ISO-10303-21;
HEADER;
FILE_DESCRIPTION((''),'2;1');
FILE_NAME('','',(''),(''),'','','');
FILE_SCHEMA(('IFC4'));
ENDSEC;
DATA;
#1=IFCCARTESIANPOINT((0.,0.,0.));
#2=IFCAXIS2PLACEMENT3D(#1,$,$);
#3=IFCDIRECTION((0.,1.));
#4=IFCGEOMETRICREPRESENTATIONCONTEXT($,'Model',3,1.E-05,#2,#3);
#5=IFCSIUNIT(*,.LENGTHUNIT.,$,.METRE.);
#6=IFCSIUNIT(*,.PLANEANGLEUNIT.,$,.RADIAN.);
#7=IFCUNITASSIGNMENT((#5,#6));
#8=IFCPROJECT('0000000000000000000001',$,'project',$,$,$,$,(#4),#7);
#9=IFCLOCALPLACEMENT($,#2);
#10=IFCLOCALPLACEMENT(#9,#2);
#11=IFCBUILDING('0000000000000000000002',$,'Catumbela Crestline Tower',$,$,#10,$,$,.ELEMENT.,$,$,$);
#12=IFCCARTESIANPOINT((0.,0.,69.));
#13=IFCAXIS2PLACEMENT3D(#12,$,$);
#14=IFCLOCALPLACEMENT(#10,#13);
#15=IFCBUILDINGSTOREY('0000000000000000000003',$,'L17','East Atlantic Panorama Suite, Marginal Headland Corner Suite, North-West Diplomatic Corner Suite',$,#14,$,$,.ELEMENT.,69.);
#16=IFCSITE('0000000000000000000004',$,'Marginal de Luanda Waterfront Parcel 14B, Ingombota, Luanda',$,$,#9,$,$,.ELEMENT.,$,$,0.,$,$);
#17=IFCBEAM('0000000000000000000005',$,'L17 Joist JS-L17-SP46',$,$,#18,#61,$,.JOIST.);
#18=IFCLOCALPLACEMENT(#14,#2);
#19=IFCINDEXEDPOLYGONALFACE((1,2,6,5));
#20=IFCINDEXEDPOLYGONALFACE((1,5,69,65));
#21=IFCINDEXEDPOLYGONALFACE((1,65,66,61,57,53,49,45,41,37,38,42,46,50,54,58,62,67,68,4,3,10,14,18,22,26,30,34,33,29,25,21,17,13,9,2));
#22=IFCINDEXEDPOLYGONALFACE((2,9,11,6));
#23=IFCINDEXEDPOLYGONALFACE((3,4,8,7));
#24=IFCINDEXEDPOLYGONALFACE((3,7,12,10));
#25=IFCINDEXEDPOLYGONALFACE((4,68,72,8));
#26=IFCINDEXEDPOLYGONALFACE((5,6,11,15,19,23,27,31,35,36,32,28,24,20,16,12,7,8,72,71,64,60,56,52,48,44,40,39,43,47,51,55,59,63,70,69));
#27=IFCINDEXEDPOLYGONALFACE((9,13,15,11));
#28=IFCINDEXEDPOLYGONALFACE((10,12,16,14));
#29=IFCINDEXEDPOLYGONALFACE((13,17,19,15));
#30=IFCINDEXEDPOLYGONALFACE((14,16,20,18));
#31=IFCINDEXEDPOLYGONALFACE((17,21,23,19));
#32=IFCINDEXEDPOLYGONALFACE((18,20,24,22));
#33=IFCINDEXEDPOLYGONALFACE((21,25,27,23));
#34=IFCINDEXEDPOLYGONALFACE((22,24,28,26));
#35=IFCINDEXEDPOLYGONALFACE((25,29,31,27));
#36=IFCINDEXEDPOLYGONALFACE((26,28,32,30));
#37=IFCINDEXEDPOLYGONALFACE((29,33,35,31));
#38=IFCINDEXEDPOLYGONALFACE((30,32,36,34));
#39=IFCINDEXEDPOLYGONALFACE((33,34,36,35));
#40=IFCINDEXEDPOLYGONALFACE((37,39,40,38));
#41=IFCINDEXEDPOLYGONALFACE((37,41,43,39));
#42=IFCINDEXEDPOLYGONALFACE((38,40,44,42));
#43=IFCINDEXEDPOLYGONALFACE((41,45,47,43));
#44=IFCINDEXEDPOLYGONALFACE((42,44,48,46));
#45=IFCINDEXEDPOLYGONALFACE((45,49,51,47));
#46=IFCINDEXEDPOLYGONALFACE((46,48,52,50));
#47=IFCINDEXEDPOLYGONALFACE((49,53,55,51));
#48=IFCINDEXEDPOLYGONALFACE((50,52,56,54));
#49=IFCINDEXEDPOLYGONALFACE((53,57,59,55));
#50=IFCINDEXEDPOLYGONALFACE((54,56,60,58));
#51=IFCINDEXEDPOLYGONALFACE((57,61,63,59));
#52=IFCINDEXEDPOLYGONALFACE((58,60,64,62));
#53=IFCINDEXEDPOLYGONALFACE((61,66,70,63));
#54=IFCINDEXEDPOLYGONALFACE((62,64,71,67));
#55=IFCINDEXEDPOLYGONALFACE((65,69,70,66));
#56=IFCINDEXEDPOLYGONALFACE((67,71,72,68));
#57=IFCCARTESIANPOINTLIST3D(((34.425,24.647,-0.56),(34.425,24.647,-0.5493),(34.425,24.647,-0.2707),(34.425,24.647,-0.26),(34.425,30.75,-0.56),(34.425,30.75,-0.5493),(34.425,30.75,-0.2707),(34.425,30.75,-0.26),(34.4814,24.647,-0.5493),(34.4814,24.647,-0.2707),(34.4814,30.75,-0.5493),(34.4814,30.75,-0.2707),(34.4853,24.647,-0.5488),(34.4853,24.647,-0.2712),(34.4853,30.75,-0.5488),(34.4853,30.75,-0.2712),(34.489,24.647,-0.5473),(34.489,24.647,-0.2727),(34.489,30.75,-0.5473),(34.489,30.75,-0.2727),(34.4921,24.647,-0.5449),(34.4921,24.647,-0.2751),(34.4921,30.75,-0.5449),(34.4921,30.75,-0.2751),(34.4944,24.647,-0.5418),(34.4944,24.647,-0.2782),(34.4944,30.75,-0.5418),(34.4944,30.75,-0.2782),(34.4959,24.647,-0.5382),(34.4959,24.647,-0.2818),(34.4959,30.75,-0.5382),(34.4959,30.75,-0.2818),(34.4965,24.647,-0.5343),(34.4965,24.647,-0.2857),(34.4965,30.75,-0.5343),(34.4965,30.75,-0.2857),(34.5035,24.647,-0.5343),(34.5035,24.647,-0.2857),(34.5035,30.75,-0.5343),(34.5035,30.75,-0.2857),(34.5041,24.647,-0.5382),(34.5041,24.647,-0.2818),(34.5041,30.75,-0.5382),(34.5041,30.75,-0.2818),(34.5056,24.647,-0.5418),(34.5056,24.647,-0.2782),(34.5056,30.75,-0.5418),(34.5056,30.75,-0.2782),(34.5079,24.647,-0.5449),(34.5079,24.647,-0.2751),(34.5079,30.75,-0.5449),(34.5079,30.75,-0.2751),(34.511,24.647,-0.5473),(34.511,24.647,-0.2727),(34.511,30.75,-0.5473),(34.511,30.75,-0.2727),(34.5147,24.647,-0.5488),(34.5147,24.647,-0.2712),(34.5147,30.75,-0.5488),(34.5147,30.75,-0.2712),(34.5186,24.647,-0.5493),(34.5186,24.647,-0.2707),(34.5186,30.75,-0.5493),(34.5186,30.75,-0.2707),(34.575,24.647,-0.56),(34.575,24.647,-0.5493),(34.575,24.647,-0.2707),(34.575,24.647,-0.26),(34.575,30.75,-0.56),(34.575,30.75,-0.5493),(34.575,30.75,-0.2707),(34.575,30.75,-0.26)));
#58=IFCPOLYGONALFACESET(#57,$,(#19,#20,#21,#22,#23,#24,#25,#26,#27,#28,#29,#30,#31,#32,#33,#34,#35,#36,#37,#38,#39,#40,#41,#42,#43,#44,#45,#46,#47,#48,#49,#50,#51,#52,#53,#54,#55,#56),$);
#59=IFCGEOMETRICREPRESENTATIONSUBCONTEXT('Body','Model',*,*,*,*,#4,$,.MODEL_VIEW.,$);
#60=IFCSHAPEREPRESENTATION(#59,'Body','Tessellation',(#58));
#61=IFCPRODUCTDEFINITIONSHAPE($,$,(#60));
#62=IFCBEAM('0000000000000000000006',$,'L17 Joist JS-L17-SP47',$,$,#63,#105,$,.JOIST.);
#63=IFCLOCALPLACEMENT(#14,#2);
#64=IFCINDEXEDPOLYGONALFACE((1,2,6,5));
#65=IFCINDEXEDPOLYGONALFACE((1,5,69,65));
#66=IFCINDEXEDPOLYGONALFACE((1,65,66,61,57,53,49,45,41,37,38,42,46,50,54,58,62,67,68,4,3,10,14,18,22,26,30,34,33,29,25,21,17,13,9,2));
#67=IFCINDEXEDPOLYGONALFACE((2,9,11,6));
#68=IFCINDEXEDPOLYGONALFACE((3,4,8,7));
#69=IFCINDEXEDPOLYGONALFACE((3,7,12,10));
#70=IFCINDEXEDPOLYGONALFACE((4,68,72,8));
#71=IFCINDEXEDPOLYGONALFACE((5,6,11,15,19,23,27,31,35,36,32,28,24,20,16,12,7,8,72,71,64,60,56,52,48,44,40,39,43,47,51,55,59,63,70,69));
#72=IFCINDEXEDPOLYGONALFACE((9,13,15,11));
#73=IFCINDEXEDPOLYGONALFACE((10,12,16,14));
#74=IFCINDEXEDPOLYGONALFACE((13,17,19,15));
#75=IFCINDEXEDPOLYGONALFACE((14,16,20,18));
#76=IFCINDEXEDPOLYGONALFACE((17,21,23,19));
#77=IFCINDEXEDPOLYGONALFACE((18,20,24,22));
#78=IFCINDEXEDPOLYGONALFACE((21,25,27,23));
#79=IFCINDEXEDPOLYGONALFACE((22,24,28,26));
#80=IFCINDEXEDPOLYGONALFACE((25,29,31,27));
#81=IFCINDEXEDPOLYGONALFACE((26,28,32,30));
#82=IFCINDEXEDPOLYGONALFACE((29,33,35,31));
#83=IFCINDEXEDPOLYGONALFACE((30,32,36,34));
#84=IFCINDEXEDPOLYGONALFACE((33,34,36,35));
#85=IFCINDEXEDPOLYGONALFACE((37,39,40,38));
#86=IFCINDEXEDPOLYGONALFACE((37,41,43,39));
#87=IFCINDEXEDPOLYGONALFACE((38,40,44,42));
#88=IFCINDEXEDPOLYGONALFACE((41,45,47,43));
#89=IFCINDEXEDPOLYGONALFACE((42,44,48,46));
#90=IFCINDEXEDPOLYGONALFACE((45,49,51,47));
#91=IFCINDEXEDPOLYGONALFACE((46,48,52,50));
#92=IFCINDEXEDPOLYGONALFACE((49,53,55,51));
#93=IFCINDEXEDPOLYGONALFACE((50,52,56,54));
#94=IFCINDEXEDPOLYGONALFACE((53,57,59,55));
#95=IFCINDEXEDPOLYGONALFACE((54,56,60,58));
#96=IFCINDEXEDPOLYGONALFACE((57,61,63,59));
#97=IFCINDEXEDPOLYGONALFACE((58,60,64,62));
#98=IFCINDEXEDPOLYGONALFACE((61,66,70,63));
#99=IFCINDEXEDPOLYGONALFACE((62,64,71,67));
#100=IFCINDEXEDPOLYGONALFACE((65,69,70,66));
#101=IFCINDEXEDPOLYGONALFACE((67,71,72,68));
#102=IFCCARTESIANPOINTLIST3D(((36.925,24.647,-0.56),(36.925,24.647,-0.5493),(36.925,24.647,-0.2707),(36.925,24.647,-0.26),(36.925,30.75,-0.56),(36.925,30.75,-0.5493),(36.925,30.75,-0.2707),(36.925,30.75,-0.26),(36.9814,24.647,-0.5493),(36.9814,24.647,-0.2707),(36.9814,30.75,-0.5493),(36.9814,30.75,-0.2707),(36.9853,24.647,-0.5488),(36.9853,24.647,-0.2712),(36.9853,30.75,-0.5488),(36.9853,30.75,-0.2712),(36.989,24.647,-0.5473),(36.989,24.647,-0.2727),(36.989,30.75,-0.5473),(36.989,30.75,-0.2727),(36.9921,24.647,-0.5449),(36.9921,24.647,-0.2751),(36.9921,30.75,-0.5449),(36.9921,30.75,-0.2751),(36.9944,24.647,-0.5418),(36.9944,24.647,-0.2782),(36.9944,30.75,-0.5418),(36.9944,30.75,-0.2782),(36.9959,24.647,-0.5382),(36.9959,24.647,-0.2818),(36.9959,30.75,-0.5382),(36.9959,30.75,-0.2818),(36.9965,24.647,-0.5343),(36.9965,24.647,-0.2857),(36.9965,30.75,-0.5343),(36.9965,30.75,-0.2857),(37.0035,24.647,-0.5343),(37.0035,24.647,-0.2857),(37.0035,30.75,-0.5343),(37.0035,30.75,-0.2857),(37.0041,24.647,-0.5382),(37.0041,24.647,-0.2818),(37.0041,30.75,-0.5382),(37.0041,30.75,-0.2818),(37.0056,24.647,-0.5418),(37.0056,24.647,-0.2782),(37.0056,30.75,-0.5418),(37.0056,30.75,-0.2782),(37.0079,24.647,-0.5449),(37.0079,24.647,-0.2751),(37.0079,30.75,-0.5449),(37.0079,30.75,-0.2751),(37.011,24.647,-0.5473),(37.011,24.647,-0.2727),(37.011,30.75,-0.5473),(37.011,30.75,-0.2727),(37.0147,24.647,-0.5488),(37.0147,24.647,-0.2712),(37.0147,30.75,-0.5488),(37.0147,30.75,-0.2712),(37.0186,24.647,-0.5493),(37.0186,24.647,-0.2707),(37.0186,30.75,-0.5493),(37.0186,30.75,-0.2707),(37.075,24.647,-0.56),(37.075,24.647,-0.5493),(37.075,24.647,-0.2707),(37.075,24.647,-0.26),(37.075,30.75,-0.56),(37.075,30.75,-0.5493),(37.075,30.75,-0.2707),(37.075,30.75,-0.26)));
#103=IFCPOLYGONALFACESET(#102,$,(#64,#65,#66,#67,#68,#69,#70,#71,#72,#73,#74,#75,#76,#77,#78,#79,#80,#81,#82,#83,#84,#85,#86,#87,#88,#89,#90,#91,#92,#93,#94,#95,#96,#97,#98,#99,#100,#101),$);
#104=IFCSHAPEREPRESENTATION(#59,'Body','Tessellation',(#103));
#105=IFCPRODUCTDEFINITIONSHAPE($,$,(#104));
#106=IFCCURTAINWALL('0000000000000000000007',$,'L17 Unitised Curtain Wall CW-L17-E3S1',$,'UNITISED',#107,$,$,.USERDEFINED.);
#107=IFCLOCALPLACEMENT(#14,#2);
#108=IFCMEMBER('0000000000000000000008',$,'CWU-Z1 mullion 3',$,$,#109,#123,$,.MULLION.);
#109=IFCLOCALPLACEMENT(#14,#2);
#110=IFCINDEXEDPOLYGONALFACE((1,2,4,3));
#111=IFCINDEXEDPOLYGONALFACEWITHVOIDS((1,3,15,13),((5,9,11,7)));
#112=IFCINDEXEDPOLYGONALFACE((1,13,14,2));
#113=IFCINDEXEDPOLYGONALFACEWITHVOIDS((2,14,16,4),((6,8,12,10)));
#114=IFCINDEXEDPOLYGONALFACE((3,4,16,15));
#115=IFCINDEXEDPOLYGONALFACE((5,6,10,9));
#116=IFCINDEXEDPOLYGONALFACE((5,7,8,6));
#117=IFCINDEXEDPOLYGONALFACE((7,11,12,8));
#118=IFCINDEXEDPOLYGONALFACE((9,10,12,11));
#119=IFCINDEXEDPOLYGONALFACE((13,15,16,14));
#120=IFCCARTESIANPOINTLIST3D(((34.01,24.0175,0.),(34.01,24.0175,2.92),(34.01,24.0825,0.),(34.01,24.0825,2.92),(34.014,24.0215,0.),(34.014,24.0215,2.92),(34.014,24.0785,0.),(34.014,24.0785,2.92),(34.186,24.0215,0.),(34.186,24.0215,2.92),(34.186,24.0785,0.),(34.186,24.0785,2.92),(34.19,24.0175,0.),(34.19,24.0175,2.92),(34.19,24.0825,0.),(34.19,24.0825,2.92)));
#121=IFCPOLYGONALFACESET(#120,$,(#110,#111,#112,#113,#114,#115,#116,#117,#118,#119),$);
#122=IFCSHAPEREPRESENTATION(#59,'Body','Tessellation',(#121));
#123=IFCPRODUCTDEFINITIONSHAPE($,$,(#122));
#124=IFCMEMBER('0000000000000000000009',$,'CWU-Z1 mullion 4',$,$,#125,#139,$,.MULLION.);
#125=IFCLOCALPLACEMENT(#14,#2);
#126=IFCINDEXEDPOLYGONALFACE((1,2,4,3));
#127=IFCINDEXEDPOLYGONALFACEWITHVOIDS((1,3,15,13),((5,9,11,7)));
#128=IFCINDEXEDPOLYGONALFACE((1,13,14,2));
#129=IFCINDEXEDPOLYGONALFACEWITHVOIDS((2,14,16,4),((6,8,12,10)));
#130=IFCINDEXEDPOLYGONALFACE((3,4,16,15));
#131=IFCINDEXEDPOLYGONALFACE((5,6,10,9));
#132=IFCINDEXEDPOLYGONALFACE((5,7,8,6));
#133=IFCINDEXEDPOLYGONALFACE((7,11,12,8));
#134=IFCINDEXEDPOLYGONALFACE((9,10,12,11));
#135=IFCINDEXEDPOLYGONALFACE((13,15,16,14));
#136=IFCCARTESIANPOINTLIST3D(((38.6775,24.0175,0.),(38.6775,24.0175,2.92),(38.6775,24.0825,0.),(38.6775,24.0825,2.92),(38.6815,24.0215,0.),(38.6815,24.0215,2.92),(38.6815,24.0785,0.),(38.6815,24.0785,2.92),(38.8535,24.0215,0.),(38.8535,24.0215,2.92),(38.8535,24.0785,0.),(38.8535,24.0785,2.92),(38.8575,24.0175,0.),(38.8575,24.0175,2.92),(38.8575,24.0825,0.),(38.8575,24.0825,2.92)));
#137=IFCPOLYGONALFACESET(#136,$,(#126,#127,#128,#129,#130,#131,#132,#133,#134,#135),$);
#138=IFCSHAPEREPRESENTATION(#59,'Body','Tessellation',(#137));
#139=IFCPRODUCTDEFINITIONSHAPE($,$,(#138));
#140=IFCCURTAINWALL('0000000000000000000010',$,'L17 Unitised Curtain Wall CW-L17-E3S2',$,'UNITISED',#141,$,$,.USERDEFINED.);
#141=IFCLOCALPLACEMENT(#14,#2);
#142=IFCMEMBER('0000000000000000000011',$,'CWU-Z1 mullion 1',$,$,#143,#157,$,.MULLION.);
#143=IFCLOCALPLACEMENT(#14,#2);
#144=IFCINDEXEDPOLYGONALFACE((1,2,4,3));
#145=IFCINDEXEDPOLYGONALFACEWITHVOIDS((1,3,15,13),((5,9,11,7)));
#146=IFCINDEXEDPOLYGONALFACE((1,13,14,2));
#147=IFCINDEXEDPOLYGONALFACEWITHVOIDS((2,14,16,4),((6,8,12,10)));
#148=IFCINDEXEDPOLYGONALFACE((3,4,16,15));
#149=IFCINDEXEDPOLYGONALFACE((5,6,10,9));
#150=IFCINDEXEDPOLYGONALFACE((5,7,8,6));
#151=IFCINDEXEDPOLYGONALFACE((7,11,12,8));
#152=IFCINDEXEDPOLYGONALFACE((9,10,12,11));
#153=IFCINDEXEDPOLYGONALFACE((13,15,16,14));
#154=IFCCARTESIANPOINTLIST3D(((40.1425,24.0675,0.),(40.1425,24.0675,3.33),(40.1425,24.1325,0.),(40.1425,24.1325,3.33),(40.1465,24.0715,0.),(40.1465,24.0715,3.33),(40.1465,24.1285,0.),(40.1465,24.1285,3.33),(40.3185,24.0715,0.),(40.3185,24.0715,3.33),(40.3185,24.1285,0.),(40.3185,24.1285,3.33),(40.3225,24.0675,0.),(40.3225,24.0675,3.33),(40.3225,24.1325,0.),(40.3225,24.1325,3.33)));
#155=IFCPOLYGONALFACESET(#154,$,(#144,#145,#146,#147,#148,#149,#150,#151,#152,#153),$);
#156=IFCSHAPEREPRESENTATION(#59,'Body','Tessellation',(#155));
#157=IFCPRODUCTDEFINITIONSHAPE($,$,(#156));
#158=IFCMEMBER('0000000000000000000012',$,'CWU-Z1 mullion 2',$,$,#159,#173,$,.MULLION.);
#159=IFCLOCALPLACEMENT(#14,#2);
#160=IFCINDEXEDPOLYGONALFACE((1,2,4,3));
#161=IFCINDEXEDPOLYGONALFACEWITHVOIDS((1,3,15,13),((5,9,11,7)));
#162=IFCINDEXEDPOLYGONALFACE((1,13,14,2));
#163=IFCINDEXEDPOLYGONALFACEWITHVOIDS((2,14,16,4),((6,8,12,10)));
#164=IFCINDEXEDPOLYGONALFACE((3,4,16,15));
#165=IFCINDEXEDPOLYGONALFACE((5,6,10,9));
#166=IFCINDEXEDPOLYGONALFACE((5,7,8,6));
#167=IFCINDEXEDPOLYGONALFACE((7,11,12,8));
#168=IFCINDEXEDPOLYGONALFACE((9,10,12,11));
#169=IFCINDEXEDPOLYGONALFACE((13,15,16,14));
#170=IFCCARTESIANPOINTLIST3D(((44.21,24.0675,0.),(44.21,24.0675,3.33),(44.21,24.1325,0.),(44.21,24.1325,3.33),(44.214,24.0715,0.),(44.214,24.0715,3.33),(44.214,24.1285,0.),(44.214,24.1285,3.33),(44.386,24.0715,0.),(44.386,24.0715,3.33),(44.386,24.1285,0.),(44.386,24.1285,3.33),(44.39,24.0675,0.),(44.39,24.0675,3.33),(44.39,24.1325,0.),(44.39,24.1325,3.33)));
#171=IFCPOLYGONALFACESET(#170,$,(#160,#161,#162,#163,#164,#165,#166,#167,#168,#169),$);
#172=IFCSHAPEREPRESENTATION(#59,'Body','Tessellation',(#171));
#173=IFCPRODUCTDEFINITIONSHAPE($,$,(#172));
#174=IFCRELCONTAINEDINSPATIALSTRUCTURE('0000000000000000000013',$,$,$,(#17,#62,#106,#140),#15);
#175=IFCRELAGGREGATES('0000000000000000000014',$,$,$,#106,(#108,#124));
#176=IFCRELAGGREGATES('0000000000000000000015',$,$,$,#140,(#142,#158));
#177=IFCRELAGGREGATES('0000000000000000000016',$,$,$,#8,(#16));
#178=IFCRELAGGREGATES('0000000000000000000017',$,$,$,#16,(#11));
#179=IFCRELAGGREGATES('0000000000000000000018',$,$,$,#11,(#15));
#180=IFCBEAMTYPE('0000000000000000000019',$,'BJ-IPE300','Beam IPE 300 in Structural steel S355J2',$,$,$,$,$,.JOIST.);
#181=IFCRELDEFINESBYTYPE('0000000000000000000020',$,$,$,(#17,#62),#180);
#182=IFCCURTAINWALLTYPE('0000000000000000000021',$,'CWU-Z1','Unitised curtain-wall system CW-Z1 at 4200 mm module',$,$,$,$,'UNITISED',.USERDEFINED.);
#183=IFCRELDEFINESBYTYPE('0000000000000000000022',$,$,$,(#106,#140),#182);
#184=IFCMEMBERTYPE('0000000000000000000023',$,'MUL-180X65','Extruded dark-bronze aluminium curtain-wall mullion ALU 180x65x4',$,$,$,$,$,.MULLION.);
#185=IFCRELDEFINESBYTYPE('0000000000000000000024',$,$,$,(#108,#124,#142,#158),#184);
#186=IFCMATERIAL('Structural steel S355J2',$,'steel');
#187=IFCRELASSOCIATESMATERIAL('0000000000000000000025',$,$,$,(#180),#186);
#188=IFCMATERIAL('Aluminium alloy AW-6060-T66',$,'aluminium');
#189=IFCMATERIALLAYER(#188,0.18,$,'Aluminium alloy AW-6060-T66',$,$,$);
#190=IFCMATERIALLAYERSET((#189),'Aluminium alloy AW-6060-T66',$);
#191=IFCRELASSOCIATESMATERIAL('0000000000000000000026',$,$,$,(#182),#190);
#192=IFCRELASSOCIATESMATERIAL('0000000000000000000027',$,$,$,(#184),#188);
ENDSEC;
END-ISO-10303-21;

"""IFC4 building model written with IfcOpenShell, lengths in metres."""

from ifc_helpers import new_model, si_unit, direction, frame, origin, origin_2d, place, context, subcontext, project, spatial, hollow_rectangle, i_section, extrude, material, layer, layer_set, material_profile, profile_set, type_object, element, aggregate, save


model = new_model("IFC4")

# Units and contexts
model_context = context("Model", 3, precision=1e-05, world=origin(), true_north=direction((0.0, 1.0)))
body_context = subcontext(model_context, "Body", "Model", "MODEL_VIEW")
ifc_project = project(units=[si_unit("LENGTHUNIT", "METRE"), si_unit("PLANEANGLEUNIT", "RADIAN")], contexts=[model_context])

# Site, building, storey
site_placement = place(None, origin())
site = spatial("IfcSite", under=ifc_project, at=site_placement, Name="Marginal de Luanda Waterfront Parcel 14B, Ingombota, Luanda", CompositionType="ELEMENT", RefElevation=0.0)
building_placement = place(site_placement, origin())
building = spatial("IfcBuilding", under=site, at=building_placement, Name="Catumbela Crestline Tower", CompositionType="ELEMENT")
storey_placement = place(building_placement, frame((0.0, 0.0, 69.0)))
storey = spatial("IfcBuildingStorey", under=building, at=storey_placement, Name="L17", Description="East Atlantic Panorama Suite, Marginal Headland Corner Suite, North-West Diplomatic Corner Suite", CompositionType="ELEMENT", Elevation=69.0)

# Beams
ifc_material_1 = material(Name="Structural steel S355J2", Category="steel")
ifc_material_profile_1 = material_profile(ifc_material_1, i_section(OverallWidth=0.15, OverallDepth=0.3, WebThickness=0.0071, FlangeThickness=0.0107, FilletRadius=0.015, at=origin_2d()), Name="IPE 300")
ifc_profile_set_1 = profile_set([ifc_material_profile_1], Name="Structural steel S355J2")
beam_type_1 = type_object("IfcBeamType", Name="BJ-IPE300", Description="Beam IPE 300 in Structural steel S355J2", PredefinedType="JOIST", material=ifc_profile_set_1)
for number, where, z_axis, x_axis, name in (
    (1, (34.5, 24.647, -0.41), (0.0, 1.0, 0.0), (-1.0, 0.0, 0.0), "L17 Joist JS-L17-SP46"),
    (2, (37.0, 24.647, -0.41), (0.0, 1.0, 0.0), (-1.0, 0.0, 0.0), "L17 Joist JS-L17-SP47"),
):
    element("IfcBeam", number, at=place(storey_placement, frame(where, z_axis=z_axis, x_axis=x_axis)), inside=storey, type_object=beam_type_1, Name=name, PredefinedType="JOIST", context=body_context, shape_type="SweptSolid", body=[
        extrude(i_section(OverallWidth=0.15, OverallDepth=0.3, WebThickness=0.0071, FlangeThickness=0.0107, FilletRadius=0.015, at=origin_2d()), origin(), (0.0, 0.0, 1.0), 6.103),
    ])

# Curtain walls, members
ifc_material_2 = material(Name="Aluminium alloy AW-6060-T66", Category="aluminium")
ifc_layer_1 = layer(ifc_material_2, 0.18, Name="Aluminium alloy AW-6060-T66")
ifc_layer_set_1 = layer_set([ifc_layer_1], Name="Aluminium alloy AW-6060-T66")
curtain_wall_type = type_object("IfcCurtainWallType", Name="CWU-Z1", Description="Unitised curtain-wall system CW-Z1 at 4200 mm module", ElementType="UNITISED", PredefinedType="USERDEFINED", material=ifc_layer_set_1)
curtain_wall_1_placement = place(storey_placement, origin())
curtain_wall_1 = element("IfcCurtainWall", 3, at=curtain_wall_1_placement, inside=storey, type_object=curtain_wall_type, Name="L17 Unitised Curtain Wall CW-L17-E3S1", ObjectType="UNITISED", PredefinedType="USERDEFINED")
ifc_material_profile_2 = material_profile(ifc_material_2, hollow_rectangle(XDim=0.065, YDim=0.18, WallThickness=0.004, at=origin_2d()), Name="ALU 180x65x4")
ifc_profile_set_2 = profile_set([ifc_material_profile_2], Name="Aluminium alloy AW-6060-T66")
member_type_1 = type_object("IfcMemberType", Name="MUL-180X65", Description="Extruded dark-bronze aluminium curtain-wall mullion ALU 180x65x4", PredefinedType="MULLION", material=ifc_profile_set_2)
member_1_placement = place(storey_placement, frame((34.1, 24.05, 0.0), z_axis=(0.0, 0.0, 1.0), x_axis=(0.0, 1.0, 0.0)))
member_1 = element("IfcMember", 4, at=member_1_placement, type_object=member_type_1, Name="CWU-Z1 mullion 3", PredefinedType="MULLION", context=body_context, shape_type="SweptSolid", body=[
    extrude(hollow_rectangle(XDim=0.065, YDim=0.18, WallThickness=0.004, at=origin_2d()), origin(), (0.0, 0.0, 1.0), 2.92),
])
member_2_placement = place(storey_placement, frame((38.7675, 24.05, 0.0), z_axis=(0.0, 0.0, 1.0), x_axis=(0.0, 1.0, 0.0)))
member_2 = element("IfcMember", 5, at=member_2_placement, type_object=member_type_1, Name="CWU-Z1 mullion 4", PredefinedType="MULLION", context=body_context, shape_type="SweptSolid", body=[
    extrude(hollow_rectangle(XDim=0.065, YDim=0.18, WallThickness=0.004, at=origin_2d()), origin(), (0.0, 0.0, 1.0), 2.92),
])
curtain_wall_2_placement = place(storey_placement, origin())
curtain_wall_2 = element("IfcCurtainWall", 6, at=curtain_wall_2_placement, inside=storey, type_object=curtain_wall_type, Name="L17 Unitised Curtain Wall CW-L17-E3S2", ObjectType="UNITISED", PredefinedType="USERDEFINED")
member_3_placement = place(storey_placement, frame((40.2325, 24.1, 0.0), z_axis=(0.0, 0.0, 1.0), x_axis=(0.0, 1.0, 0.0)))
member_3 = element("IfcMember", 7, at=member_3_placement, type_object=member_type_1, Name="CWU-Z1 mullion 1", PredefinedType="MULLION", context=body_context, shape_type="SweptSolid", body=[
    extrude(hollow_rectangle(XDim=0.065, YDim=0.18, WallThickness=0.004, at=origin_2d()), origin(), (0.0, 0.0, 1.0), 3.33),
])
member_4_placement = place(storey_placement, frame((44.3, 24.1, 0.0), z_axis=(0.0, 0.0, 1.0), x_axis=(0.0, 1.0, 0.0)))
member_4 = element("IfcMember", 8, at=member_4_placement, type_object=member_type_1, Name="CWU-Z1 mullion 2", PredefinedType="MULLION", context=body_context, shape_type="SweptSolid", body=[
    extrude(hollow_rectangle(XDim=0.065, YDim=0.18, WallThickness=0.004, at=origin_2d()), origin(), (0.0, 0.0, 1.0), 3.33),
])

aggregate(curtain_wall_1, [member_1, member_2])
aggregate(curtain_wall_2, [member_3, member_4])

save(model, "model.ifc")
